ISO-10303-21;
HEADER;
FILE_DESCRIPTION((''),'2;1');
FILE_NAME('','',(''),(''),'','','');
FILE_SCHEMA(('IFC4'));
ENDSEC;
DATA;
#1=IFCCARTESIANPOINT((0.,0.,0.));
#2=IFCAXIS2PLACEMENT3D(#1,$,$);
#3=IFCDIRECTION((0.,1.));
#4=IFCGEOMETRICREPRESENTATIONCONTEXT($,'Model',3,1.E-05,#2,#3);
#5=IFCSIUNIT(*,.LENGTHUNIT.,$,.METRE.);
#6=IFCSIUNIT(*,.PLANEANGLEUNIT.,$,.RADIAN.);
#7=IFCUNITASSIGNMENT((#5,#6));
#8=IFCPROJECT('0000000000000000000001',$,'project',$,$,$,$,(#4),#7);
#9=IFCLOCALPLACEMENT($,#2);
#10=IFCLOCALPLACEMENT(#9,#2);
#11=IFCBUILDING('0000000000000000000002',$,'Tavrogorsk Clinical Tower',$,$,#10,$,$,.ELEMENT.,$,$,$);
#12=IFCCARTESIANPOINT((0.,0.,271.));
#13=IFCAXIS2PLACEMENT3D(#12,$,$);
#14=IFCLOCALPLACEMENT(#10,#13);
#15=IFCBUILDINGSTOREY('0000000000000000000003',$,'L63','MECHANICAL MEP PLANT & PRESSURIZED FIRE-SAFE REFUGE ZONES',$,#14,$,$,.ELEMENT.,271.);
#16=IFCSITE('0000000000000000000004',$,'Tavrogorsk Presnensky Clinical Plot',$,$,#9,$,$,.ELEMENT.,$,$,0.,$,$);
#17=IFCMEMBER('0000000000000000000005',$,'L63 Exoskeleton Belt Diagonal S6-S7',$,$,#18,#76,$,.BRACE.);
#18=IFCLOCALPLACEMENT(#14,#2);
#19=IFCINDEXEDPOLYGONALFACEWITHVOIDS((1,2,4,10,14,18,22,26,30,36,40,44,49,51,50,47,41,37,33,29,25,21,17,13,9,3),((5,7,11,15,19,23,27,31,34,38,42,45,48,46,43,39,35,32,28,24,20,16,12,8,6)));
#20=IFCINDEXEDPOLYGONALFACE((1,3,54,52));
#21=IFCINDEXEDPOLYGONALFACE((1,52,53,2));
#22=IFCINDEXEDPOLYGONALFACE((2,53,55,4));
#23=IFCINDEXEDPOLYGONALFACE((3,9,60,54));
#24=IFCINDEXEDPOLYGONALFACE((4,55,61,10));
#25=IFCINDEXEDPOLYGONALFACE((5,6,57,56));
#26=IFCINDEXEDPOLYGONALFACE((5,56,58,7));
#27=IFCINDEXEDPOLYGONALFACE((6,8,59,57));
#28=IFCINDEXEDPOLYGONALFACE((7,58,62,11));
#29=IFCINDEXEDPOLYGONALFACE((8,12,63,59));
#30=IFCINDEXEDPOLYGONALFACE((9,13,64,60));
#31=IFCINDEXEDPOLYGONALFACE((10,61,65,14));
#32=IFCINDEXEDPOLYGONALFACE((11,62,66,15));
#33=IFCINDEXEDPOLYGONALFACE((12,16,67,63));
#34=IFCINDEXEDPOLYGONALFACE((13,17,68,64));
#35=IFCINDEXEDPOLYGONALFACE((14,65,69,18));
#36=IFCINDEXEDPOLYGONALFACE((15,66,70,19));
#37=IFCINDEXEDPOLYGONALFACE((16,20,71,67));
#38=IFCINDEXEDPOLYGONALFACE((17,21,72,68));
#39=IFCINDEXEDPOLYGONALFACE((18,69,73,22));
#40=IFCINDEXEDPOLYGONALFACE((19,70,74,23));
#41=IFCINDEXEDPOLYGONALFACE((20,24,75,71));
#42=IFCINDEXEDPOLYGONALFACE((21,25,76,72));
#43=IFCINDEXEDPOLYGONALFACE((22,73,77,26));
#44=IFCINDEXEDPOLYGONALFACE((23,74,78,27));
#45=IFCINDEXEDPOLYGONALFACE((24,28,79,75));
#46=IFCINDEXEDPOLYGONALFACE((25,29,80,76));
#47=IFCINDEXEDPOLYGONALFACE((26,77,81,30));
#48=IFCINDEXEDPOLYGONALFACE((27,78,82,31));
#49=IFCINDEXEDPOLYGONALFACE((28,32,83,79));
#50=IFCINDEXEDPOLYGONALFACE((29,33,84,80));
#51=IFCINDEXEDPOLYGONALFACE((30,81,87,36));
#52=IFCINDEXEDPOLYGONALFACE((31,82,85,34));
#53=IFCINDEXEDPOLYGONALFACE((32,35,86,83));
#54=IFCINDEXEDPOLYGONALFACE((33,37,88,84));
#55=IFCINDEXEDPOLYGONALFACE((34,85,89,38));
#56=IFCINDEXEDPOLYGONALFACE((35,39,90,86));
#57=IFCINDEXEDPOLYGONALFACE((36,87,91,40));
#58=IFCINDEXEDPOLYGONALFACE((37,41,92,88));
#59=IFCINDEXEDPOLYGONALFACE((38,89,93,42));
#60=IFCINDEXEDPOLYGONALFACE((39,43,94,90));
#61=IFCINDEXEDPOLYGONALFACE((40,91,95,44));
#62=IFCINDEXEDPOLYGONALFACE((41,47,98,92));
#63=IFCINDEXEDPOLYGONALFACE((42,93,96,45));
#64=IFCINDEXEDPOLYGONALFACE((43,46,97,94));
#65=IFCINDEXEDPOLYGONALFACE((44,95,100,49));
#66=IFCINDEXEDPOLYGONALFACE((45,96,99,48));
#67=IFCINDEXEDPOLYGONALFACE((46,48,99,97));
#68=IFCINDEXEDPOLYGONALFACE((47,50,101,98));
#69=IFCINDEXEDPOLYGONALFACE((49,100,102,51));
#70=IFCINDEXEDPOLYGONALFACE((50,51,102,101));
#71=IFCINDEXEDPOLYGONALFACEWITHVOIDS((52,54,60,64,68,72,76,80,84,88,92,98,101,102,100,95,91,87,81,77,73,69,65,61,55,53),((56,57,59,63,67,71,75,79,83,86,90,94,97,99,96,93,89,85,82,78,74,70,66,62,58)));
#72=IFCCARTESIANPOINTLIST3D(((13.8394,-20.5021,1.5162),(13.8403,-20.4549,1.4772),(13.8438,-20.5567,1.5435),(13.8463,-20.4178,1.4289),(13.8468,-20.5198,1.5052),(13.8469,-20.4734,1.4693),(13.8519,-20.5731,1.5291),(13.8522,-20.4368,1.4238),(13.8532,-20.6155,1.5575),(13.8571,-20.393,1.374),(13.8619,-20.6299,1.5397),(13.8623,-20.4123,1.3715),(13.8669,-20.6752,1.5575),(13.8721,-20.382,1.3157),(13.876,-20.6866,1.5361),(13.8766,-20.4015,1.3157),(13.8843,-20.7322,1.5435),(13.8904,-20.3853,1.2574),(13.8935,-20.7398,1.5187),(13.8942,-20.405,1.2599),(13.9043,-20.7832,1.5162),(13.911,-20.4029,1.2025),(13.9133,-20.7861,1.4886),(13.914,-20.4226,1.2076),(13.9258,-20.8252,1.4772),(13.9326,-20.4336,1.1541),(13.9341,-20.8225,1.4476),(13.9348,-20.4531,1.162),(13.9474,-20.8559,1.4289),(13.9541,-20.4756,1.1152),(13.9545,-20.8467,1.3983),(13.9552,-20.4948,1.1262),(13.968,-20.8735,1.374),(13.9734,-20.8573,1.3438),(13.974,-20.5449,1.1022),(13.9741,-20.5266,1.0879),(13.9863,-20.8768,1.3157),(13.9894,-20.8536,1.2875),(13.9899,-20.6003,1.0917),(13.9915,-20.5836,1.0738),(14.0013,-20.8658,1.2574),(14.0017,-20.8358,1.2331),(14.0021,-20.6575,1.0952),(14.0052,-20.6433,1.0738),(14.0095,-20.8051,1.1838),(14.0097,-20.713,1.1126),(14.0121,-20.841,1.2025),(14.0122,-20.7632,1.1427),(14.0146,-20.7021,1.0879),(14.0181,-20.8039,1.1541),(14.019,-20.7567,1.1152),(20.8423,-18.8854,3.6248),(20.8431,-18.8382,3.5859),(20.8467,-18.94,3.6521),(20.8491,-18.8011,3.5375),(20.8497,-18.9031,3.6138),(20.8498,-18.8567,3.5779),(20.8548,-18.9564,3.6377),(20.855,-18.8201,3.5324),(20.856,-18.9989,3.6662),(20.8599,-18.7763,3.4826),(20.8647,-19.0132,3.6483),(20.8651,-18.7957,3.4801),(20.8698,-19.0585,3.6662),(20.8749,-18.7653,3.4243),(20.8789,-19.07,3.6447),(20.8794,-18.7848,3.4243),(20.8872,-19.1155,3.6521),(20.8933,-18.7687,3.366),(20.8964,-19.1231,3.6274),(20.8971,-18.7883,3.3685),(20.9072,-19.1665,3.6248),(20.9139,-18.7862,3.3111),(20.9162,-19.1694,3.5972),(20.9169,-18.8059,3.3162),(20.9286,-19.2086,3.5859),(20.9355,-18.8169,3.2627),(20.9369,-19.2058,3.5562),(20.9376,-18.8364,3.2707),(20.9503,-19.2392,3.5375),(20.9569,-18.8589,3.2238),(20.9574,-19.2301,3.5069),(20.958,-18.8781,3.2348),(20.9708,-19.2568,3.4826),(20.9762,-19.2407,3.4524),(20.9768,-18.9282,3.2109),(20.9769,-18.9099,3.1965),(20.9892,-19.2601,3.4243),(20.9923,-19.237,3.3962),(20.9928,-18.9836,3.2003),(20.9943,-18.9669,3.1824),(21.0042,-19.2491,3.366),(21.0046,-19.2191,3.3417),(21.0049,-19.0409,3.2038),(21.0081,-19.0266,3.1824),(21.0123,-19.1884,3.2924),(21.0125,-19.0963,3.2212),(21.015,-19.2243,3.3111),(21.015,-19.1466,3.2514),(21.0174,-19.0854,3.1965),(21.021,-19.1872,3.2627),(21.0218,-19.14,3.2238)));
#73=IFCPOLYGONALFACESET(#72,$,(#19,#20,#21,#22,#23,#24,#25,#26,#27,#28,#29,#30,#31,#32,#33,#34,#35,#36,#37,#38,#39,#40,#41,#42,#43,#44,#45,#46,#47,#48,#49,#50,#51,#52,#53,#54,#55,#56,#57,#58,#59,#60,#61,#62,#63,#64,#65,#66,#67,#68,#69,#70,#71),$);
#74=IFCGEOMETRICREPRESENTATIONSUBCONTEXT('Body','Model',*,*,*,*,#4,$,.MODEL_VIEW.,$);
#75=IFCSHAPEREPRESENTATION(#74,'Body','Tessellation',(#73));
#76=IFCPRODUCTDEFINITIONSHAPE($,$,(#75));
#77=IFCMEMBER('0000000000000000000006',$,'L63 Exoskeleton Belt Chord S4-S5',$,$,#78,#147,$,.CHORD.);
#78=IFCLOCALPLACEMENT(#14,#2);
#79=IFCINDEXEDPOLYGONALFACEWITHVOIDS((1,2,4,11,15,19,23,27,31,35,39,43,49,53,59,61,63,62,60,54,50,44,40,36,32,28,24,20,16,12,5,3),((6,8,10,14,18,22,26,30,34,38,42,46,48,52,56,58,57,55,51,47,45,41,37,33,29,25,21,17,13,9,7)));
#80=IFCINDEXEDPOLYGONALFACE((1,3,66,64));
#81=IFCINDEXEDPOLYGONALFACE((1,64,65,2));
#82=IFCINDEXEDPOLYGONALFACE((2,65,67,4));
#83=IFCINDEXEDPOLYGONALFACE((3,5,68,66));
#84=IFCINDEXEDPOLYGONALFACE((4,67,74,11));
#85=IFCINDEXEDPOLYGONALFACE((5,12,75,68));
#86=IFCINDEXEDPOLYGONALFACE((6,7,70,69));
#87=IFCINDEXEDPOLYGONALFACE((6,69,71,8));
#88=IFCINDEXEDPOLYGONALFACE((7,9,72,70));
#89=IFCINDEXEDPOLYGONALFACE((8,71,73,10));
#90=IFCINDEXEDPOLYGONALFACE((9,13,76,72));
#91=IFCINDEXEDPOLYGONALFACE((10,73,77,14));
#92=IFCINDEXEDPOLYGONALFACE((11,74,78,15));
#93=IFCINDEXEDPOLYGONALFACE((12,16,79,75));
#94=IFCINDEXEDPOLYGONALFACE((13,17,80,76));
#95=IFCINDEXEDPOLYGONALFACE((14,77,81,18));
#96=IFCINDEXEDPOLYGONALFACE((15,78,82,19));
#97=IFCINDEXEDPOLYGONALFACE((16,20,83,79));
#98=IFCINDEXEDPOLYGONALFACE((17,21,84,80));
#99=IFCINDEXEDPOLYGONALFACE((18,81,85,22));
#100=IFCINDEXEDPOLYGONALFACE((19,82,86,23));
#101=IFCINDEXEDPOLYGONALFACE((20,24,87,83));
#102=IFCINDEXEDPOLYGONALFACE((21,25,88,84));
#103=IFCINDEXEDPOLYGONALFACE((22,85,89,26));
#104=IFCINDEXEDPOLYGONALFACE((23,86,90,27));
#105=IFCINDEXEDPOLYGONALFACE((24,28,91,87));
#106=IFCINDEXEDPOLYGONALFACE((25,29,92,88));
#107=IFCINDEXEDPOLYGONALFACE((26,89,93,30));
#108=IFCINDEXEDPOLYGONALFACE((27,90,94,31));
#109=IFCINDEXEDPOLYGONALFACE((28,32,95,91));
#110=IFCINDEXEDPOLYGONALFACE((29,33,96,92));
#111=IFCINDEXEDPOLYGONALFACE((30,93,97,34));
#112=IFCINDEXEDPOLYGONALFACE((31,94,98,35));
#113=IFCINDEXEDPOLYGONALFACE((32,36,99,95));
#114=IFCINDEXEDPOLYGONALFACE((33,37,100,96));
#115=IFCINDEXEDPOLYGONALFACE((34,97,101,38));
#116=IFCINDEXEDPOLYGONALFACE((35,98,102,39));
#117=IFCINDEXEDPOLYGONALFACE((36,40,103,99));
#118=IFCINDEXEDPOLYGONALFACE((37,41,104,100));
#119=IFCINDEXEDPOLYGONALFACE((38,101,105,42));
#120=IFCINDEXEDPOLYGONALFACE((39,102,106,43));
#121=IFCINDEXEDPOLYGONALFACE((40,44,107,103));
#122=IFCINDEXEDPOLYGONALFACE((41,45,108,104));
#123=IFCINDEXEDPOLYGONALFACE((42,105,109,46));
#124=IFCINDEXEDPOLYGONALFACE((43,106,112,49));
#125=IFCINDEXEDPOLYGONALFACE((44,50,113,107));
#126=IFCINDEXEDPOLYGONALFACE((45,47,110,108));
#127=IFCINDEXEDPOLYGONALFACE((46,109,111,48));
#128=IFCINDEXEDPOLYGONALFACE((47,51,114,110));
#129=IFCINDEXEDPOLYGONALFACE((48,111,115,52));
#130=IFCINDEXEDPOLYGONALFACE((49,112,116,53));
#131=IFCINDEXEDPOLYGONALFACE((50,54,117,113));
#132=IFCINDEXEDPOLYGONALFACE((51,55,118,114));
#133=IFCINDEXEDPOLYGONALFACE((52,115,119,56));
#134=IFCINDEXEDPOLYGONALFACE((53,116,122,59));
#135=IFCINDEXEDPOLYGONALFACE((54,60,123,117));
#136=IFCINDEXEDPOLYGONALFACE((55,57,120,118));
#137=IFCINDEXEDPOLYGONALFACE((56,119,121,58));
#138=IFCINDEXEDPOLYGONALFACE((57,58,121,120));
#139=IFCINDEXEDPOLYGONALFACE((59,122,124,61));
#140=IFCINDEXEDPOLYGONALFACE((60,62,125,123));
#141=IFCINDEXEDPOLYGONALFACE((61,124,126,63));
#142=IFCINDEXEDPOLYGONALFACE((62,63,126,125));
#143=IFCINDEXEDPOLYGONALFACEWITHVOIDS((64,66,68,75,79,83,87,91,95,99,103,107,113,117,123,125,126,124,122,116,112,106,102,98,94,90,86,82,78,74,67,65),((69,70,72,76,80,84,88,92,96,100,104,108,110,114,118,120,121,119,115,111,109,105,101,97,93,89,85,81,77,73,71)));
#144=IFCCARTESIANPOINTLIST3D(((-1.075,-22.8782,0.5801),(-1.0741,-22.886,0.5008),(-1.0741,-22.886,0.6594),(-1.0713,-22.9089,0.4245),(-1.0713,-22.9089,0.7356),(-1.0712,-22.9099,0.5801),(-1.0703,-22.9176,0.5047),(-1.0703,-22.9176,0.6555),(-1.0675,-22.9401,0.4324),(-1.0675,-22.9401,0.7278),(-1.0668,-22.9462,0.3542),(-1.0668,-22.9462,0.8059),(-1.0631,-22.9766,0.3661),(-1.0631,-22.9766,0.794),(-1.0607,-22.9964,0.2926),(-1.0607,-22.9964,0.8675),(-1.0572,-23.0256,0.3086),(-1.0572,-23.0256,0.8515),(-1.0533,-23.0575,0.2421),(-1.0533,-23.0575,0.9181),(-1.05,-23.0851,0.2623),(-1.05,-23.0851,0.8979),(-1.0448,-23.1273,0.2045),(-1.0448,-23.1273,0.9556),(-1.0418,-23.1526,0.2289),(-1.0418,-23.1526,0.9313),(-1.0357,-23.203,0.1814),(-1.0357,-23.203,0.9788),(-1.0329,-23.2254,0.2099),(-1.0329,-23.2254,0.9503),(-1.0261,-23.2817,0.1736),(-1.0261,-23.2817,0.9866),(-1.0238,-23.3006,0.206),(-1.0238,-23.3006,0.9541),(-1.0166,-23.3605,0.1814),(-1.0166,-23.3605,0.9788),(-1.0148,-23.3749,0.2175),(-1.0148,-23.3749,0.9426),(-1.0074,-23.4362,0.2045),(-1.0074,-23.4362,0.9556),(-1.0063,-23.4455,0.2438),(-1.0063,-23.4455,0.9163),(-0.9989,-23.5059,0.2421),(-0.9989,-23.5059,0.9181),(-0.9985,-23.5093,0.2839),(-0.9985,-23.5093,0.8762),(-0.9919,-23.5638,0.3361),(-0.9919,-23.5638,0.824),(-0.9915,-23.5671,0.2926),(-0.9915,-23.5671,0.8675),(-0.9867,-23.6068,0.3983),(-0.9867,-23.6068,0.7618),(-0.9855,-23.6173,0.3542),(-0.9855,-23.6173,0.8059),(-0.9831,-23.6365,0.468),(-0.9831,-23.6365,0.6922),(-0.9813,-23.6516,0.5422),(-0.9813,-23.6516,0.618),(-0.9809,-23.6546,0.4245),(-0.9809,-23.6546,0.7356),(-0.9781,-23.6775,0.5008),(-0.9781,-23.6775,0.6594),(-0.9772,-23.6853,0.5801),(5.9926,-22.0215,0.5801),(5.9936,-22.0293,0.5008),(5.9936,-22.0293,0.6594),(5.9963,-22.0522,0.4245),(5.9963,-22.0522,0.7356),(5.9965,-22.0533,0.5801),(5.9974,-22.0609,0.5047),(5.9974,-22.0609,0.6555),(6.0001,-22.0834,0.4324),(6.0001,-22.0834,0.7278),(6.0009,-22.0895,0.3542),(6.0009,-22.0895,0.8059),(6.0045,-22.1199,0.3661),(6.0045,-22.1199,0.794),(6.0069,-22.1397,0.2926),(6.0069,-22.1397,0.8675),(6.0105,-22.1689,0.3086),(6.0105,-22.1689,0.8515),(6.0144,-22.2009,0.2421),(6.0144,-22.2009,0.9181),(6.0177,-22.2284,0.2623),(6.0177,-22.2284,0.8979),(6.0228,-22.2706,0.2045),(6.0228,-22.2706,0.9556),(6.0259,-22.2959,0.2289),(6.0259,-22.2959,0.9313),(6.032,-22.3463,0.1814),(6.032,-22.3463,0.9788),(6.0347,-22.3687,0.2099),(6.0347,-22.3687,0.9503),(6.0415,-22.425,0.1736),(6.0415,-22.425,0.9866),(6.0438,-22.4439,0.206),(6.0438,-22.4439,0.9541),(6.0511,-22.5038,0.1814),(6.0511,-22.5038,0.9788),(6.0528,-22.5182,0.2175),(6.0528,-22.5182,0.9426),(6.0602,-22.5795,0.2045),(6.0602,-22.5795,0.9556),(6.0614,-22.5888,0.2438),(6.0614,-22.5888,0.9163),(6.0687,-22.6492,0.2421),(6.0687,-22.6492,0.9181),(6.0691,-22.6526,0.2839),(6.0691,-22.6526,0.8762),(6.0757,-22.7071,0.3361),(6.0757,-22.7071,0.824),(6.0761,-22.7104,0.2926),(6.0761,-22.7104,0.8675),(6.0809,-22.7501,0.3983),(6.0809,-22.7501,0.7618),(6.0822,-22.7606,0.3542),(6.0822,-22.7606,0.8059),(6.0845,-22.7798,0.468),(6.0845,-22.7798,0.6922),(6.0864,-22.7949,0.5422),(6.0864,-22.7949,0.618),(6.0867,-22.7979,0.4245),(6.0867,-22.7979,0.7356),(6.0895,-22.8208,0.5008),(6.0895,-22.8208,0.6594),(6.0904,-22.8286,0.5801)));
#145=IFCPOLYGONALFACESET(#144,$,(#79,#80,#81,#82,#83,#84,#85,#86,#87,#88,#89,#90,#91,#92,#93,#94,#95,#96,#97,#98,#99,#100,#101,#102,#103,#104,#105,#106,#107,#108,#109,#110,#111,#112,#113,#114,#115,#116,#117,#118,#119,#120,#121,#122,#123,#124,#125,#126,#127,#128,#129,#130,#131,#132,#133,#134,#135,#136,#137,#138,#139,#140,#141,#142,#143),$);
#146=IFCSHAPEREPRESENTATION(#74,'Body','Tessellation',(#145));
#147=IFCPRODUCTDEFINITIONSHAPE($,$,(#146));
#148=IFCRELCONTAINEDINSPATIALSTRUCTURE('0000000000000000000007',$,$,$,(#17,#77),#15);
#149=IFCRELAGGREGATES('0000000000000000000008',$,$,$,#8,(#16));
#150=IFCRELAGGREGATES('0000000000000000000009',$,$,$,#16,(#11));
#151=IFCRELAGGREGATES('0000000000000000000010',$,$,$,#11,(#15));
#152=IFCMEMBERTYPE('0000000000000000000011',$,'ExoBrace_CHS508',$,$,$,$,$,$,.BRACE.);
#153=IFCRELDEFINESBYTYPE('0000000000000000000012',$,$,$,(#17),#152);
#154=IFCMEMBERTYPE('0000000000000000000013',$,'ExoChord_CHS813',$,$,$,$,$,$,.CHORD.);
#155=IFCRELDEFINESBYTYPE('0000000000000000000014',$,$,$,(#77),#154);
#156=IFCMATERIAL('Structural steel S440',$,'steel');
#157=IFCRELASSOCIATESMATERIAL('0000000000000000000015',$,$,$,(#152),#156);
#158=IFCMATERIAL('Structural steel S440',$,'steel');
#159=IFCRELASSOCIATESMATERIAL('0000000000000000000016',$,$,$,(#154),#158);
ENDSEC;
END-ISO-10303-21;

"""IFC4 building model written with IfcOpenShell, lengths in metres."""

from ifc_helpers import new_model, si_unit, direction, frame, origin, origin_2d, place, context, subcontext, project, spatial, hollow_circle, extrude, material, material_profile, profile_set, type_object, element, save


model = new_model("IFC4")

# Units and contexts
model_context = context("Model", 3, precision=1e-05, world=origin(), true_north=direction((0.0, 1.0)))
body_context = subcontext(model_context, "Body", "Model", "MODEL_VIEW")
ifc_project = project(units=[si_unit("LENGTHUNIT", "METRE"), si_unit("PLANEANGLEUNIT", "RADIAN")], contexts=[model_context])

# Site, building, storey
site_placement = place(None, origin())
site = spatial("IfcSite", under=ifc_project, at=site_placement, Name="Tavrogorsk Presnensky Clinical Plot", CompositionType="ELEMENT", RefElevation=0.0)
building_placement = place(site_placement, origin())
building = spatial("IfcBuilding", under=site, at=building_placement, Name="Tavrogorsk Clinical Tower", CompositionType="ELEMENT")
storey_placement = place(building_placement, frame((0.0, 0.0, 271.0)))
storey = spatial("IfcBuildingStorey", under=building, at=storey_placement, Name="L63", Description="MECHANICAL MEP PLANT & PRESSURIZED FIRE-SAFE REFUGE ZONES", CompositionType="ELEMENT", Elevation=271.0)

# Members
ifc_material_1 = material(Name="Structural steel S440", Category="steel")
ifc_material_profile_1 = material_profile(ifc_material_1, hollow_circle(Radius=0.2539, WallThickness=0.02, at=origin_2d()), Name="CHS-508x20")
ifc_profile_set_1 = profile_set([ifc_material_profile_1], Name="Structural steel S440")
member_type_1 = type_object("IfcMemberType", Name="ExoBrace_CHS508", PredefinedType="BRACE", material=ifc_profile_set_1)
for number, where, z_axis, x_axis, name in (
    (1, (13.9292, -20.6294, 1.3157), (0.934962, 0.215846, 0.281525), (-0.224944, 0.974372, 0.0), "L63 Exoskeleton Belt Diagonal S6-S7"),
):
    element("IfcMember", number, at=place(storey_placement, frame(where, z_axis=z_axis, x_axis=x_axis)), inside=storey, type_object=member_type_1, Name=name, PredefinedType="BRACE", context=body_context, shape_type="SweptSolid", body=[
        extrude(hollow_circle(Radius=0.2539, WallThickness=0.02, at=origin_2d()), origin(), (0.0, 0.0, 1.0), 7.49),
    ])
ifc_material_2 = material(Name="Structural steel S440", Category="steel")
ifc_material_profile_2 = material_profile(ifc_material_2, hollow_circle(Radius=0.4065, WallThickness=0.032, at=origin_2d()), Name="CHS-813x32")
ifc_profile_set_2 = profile_set([ifc_material_profile_2], Name="Structural steel S440")
member_type_2 = type_object("IfcMemberType", Name="ExoChord_CHS813", PredefinedType="CHORD", material=ifc_profile_set_2)
member_1_placement = place(storey_placement, frame((-1.0261, -23.2817, 0.5801), z_axis=(0.992734, 0.120332, 0.0), x_axis=(-0.120332, 0.992734, 0.0)))
element("IfcMember", 2, at=member_1_placement, inside=storey, type_object=member_type_2, Name="L63 Exoskeleton Belt Chord S4-S5", PredefinedType="CHORD", context=body_context, shape_type="SweptSolid", body=[
    extrude(hollow_circle(Radius=0.4065, WallThickness=0.032, at=origin_2d()), origin(), (0.0, 0.0, 1.0), 7.1194),
])

save(model, "model.ifc")
